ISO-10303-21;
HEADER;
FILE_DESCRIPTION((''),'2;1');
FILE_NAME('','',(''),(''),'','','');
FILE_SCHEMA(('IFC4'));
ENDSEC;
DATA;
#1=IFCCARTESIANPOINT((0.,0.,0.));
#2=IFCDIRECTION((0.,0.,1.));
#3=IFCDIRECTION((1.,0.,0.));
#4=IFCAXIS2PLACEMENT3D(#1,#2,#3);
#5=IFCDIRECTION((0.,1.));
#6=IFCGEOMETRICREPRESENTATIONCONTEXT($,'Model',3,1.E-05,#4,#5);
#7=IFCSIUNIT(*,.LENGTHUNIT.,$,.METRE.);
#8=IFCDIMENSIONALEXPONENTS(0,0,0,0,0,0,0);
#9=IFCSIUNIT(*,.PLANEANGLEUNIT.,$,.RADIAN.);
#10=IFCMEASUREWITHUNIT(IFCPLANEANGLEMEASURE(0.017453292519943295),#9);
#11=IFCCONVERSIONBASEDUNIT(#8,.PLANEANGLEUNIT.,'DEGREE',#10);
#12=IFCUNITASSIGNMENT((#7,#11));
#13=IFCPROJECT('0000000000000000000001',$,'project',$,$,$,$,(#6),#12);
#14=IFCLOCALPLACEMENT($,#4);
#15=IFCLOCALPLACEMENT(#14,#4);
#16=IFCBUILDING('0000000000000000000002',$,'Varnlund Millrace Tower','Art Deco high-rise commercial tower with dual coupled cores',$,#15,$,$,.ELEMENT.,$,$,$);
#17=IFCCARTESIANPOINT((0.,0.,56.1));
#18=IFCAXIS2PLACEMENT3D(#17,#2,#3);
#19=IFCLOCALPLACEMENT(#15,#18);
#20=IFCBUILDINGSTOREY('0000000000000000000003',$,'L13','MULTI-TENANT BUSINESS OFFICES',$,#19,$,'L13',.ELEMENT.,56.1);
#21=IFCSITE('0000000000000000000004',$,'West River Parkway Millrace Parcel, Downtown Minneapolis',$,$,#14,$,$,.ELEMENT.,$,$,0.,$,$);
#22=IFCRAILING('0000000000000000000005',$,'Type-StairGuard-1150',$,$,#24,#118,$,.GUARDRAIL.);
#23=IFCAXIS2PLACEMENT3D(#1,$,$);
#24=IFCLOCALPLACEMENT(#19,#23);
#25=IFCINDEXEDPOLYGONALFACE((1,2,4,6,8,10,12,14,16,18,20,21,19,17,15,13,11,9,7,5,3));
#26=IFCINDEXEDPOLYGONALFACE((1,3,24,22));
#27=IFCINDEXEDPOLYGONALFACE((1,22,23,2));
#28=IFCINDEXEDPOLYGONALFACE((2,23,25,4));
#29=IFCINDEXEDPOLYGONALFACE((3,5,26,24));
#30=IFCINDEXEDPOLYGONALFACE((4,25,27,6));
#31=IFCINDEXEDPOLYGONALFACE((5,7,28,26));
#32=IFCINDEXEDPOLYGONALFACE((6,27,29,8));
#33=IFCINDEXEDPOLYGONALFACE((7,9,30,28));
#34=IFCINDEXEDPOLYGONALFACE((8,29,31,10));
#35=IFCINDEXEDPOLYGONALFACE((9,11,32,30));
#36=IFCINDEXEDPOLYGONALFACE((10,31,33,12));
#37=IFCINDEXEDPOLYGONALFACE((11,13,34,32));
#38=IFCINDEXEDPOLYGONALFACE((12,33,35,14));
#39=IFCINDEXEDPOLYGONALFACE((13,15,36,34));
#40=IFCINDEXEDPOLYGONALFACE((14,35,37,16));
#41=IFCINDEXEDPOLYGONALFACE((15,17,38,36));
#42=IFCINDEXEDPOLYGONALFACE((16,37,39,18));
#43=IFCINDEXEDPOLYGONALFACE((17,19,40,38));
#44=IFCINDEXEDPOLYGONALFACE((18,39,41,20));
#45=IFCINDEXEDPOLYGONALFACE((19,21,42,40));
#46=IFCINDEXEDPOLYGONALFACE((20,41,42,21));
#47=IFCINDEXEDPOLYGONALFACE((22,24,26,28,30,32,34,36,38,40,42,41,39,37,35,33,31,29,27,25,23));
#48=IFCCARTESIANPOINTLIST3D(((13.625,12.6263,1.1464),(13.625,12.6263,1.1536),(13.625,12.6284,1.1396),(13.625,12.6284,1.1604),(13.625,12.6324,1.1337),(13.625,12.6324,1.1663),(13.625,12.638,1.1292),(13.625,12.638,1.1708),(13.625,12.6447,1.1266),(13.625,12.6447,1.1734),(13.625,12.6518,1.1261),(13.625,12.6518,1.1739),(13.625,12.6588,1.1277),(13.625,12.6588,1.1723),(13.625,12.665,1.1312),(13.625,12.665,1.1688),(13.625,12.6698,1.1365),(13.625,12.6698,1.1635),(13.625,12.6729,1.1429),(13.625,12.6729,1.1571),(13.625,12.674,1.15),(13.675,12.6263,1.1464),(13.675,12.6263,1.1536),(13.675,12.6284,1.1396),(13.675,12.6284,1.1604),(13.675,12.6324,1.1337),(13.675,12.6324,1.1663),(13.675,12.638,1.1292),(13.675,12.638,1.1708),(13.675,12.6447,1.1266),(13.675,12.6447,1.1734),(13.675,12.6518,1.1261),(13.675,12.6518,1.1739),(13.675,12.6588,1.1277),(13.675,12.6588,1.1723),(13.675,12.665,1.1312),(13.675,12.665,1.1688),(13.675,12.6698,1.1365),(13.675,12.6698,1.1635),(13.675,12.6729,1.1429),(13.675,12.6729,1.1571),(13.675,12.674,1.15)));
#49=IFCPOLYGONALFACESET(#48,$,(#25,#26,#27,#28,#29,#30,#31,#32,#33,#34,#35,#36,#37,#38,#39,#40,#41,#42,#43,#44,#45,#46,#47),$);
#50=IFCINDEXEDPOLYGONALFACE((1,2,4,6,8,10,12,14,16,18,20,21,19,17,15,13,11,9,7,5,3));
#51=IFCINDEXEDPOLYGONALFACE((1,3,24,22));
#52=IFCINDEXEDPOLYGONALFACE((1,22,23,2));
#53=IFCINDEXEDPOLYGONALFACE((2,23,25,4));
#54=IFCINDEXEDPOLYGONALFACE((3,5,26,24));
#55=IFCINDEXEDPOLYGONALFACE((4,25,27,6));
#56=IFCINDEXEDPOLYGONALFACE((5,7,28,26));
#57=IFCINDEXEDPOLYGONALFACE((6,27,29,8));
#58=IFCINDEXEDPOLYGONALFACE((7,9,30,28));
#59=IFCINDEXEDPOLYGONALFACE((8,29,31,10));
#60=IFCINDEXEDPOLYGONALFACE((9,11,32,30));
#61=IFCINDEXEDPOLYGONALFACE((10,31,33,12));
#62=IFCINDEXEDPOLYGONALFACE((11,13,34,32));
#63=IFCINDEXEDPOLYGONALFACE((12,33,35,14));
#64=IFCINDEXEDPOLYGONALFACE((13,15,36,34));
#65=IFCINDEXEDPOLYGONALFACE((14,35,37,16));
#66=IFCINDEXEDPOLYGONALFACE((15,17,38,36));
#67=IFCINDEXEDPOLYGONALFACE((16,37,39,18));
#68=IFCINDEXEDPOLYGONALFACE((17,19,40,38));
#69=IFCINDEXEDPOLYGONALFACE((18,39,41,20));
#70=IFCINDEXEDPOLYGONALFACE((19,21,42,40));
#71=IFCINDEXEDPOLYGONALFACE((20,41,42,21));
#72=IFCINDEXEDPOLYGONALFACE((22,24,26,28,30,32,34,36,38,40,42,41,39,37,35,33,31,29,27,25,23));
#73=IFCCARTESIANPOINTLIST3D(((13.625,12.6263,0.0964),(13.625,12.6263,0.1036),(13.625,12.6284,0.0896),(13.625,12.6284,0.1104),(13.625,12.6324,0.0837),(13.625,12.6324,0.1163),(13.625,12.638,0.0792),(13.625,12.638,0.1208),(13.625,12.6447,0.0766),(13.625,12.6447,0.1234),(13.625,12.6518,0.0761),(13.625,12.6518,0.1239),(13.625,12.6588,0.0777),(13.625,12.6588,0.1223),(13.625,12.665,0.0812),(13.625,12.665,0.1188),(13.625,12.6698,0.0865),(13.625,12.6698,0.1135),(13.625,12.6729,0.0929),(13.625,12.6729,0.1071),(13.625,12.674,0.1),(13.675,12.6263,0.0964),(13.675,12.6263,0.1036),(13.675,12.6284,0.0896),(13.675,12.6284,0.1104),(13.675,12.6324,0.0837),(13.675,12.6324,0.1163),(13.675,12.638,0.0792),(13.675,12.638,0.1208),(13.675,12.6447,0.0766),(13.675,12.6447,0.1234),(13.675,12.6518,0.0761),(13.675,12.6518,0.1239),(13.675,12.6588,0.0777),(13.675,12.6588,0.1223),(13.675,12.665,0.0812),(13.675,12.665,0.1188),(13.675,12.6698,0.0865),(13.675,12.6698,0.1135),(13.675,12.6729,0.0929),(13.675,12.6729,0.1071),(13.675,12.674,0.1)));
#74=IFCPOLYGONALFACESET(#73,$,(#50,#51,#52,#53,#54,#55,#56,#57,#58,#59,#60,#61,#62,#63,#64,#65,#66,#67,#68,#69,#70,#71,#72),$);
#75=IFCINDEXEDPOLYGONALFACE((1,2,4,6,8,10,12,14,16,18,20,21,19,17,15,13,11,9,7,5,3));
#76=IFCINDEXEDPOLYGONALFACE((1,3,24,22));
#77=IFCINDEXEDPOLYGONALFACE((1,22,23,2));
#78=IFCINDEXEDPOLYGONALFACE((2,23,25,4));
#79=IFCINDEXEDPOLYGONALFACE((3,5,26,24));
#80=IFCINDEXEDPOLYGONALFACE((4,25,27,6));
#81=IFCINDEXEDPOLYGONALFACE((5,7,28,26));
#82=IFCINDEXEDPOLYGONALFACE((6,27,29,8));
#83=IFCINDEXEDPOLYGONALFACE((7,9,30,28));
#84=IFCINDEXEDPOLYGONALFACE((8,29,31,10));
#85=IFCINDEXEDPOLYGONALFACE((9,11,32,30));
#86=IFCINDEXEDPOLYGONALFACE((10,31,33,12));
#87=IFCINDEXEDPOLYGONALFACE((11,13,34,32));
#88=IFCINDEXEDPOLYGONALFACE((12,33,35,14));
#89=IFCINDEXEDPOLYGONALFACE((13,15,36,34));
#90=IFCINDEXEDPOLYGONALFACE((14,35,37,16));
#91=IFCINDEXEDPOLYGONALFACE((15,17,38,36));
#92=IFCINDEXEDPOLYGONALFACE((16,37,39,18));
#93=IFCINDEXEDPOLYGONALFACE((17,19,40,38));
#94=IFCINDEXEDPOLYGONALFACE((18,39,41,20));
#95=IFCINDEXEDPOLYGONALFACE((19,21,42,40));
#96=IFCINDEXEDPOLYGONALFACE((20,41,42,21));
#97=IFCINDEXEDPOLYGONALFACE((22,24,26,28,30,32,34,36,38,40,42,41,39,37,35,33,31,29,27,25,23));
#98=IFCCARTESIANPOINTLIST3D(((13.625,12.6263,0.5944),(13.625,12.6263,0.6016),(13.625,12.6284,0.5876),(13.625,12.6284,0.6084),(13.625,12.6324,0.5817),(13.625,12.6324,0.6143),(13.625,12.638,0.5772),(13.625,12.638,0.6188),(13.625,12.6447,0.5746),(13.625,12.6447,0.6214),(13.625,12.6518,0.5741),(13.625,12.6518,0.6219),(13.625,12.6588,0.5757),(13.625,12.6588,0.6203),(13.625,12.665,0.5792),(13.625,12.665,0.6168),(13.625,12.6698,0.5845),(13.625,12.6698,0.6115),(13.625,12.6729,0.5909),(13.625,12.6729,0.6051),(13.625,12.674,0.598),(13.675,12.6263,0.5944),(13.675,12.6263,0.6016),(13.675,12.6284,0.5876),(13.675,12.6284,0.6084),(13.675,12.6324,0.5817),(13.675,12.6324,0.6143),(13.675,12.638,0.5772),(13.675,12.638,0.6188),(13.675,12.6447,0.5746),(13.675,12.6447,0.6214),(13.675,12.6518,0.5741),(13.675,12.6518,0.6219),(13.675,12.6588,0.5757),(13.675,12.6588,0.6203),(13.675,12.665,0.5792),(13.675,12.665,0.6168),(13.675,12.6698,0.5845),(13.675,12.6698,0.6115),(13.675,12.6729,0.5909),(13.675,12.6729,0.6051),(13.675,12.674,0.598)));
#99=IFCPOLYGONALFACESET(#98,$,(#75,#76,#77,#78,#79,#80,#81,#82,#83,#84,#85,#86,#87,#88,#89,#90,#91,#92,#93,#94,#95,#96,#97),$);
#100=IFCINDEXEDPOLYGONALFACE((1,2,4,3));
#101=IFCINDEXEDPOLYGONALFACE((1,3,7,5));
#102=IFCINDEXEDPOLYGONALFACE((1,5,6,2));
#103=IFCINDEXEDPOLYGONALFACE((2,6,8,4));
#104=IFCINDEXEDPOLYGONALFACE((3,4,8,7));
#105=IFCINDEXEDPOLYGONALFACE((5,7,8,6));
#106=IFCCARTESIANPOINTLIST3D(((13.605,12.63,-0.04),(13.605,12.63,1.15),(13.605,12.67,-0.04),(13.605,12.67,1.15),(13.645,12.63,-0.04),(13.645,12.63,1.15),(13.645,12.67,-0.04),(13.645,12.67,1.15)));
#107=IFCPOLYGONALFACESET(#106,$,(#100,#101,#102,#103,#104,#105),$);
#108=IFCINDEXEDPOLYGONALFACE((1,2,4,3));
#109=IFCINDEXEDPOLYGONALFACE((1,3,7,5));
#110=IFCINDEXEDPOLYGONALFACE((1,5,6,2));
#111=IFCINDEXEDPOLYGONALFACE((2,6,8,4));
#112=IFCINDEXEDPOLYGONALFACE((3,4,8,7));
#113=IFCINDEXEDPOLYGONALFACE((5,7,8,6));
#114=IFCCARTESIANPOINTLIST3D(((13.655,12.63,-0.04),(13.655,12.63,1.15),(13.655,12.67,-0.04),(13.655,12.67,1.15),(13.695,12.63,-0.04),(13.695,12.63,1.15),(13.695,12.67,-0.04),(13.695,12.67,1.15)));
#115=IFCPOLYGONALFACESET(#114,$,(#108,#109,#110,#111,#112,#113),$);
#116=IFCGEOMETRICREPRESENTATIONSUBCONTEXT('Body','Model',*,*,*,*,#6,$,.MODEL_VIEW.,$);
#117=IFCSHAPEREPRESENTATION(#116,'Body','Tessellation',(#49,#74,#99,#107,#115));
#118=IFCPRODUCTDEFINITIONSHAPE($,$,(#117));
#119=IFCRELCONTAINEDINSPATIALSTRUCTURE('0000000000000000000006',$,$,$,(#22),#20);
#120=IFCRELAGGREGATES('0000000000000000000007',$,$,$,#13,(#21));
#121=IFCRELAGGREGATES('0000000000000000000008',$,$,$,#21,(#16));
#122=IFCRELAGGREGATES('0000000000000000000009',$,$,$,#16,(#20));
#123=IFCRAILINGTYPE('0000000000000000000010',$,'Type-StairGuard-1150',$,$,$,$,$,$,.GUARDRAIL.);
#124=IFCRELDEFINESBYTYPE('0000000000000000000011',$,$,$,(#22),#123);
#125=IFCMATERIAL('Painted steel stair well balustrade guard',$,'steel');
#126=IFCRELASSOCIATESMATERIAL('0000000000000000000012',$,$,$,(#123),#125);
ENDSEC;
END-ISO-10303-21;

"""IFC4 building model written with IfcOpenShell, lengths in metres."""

from ifc_helpers import new_model, entity, si_unit, converted_unit, direction, frame, origin_with_axes, origin_2d_with_axis, place, context, subcontext, project, spatial, rectangle, circle, extrude, material, type_object, element, save


model = new_model("IFC4")

# Units and contexts
model_context = context("Model", 3, precision=1e-05, world=origin_with_axes(), true_north=direction((0.0, 1.0)))
body_context = subcontext(model_context, "Body", "Model", "MODEL_VIEW")
ifc_project = project(units=[si_unit("LENGTHUNIT", "METRE"), converted_unit("PLANEANGLEUNIT", "DEGREE", entity("IfcPlaneAngleMeasure", 0.017453292519943295), si_unit("PLANEANGLEUNIT", "RADIAN"), dimensions=[0, 0, 0, 0, 0, 0, 0])], contexts=[model_context])

# Site, building, storey
site_placement = place(None, origin_with_axes())
site = spatial("IfcSite", under=ifc_project, at=site_placement, Name="West River Parkway Millrace Parcel, Downtown Minneapolis", CompositionType="ELEMENT", RefElevation=0.0)
building_placement = place(site_placement, origin_with_axes())
building = spatial("IfcBuilding", under=site, at=building_placement, Name="Varnlund Millrace Tower", Description="Art Deco high-rise commercial tower with dual coupled cores", CompositionType="ELEMENT")
storey_placement = place(building_placement, frame((0.0, 0.0, 56.1), z_axis=(0.0, 0.0, 1.0), x_axis=(1.0, 0.0, 0.0)))
storey = spatial("IfcBuildingStorey", under=building, at=storey_placement, Name="L13", Description="MULTI-TENANT BUSINESS OFFICES", LongName="L13", CompositionType="ELEMENT", Elevation=56.1)

# Railing
ifc_material_1 = material(Name="Painted steel stair well balustrade guard", Category="steel")
railing_type_1 = type_object("IfcRailingType", Name="Type-StairGuard-1150", PredefinedType="GUARDRAIL", material=ifc_material_1)
railing_1_placement = place(storey_placement, frame((0.0, 0.0, -56.1), z_axis=(0.0, 0.0, 1.0), x_axis=(1.0, 0.0, 0.0)))
element("IfcRailing", 1, at=railing_1_placement, inside=storey, type_object=railing_type_1, Name="Type-StairGuard-1150", PredefinedType="GUARDRAIL", context=body_context, shape_type="SweptSolid", body=[
    extrude(circle(Radius=0.024, at=origin_2d_with_axis()), frame((13.625, 12.65, 57.25), z_axis=(1.0, 0.0, 0.0), x_axis=(0.0, 1.0, 0.0)), (0.0, 0.0, 1.0), 0.05),
    extrude(circle(Radius=0.024, at=origin_2d_with_axis()), frame((13.625, 12.65, 56.2), z_axis=(1.0, 0.0, 0.0), x_axis=(0.0, 1.0, 0.0)), (0.0, 0.0, 1.0), 0.05),
    extrude(circle(Radius=0.024, at=origin_2d_with_axis()), frame((13.625, 12.65, 56.698), z_axis=(1.0, 0.0, 0.0), x_axis=(0.0, 1.0, 0.0)), (0.0, 0.0, 1.0), 0.05),
    extrude(rectangle(XDim=0.04, YDim=0.04, at=origin_2d_with_axis()), frame((13.625, 12.65, 56.06), z_axis=(0.0, 0.0, 1.0), x_axis=(1.0, 0.0, 0.0)), (0.0, 0.0, 1.0), 1.19),
    extrude(rectangle(XDim=0.04, YDim=0.04, at=origin_2d_with_axis()), frame((13.675, 12.65, 56.06), z_axis=(0.0, 0.0, 1.0), x_axis=(1.0, 0.0, 0.0)), (0.0, 0.0, 1.0), 1.19),
])

save(model, "model.ifc")
